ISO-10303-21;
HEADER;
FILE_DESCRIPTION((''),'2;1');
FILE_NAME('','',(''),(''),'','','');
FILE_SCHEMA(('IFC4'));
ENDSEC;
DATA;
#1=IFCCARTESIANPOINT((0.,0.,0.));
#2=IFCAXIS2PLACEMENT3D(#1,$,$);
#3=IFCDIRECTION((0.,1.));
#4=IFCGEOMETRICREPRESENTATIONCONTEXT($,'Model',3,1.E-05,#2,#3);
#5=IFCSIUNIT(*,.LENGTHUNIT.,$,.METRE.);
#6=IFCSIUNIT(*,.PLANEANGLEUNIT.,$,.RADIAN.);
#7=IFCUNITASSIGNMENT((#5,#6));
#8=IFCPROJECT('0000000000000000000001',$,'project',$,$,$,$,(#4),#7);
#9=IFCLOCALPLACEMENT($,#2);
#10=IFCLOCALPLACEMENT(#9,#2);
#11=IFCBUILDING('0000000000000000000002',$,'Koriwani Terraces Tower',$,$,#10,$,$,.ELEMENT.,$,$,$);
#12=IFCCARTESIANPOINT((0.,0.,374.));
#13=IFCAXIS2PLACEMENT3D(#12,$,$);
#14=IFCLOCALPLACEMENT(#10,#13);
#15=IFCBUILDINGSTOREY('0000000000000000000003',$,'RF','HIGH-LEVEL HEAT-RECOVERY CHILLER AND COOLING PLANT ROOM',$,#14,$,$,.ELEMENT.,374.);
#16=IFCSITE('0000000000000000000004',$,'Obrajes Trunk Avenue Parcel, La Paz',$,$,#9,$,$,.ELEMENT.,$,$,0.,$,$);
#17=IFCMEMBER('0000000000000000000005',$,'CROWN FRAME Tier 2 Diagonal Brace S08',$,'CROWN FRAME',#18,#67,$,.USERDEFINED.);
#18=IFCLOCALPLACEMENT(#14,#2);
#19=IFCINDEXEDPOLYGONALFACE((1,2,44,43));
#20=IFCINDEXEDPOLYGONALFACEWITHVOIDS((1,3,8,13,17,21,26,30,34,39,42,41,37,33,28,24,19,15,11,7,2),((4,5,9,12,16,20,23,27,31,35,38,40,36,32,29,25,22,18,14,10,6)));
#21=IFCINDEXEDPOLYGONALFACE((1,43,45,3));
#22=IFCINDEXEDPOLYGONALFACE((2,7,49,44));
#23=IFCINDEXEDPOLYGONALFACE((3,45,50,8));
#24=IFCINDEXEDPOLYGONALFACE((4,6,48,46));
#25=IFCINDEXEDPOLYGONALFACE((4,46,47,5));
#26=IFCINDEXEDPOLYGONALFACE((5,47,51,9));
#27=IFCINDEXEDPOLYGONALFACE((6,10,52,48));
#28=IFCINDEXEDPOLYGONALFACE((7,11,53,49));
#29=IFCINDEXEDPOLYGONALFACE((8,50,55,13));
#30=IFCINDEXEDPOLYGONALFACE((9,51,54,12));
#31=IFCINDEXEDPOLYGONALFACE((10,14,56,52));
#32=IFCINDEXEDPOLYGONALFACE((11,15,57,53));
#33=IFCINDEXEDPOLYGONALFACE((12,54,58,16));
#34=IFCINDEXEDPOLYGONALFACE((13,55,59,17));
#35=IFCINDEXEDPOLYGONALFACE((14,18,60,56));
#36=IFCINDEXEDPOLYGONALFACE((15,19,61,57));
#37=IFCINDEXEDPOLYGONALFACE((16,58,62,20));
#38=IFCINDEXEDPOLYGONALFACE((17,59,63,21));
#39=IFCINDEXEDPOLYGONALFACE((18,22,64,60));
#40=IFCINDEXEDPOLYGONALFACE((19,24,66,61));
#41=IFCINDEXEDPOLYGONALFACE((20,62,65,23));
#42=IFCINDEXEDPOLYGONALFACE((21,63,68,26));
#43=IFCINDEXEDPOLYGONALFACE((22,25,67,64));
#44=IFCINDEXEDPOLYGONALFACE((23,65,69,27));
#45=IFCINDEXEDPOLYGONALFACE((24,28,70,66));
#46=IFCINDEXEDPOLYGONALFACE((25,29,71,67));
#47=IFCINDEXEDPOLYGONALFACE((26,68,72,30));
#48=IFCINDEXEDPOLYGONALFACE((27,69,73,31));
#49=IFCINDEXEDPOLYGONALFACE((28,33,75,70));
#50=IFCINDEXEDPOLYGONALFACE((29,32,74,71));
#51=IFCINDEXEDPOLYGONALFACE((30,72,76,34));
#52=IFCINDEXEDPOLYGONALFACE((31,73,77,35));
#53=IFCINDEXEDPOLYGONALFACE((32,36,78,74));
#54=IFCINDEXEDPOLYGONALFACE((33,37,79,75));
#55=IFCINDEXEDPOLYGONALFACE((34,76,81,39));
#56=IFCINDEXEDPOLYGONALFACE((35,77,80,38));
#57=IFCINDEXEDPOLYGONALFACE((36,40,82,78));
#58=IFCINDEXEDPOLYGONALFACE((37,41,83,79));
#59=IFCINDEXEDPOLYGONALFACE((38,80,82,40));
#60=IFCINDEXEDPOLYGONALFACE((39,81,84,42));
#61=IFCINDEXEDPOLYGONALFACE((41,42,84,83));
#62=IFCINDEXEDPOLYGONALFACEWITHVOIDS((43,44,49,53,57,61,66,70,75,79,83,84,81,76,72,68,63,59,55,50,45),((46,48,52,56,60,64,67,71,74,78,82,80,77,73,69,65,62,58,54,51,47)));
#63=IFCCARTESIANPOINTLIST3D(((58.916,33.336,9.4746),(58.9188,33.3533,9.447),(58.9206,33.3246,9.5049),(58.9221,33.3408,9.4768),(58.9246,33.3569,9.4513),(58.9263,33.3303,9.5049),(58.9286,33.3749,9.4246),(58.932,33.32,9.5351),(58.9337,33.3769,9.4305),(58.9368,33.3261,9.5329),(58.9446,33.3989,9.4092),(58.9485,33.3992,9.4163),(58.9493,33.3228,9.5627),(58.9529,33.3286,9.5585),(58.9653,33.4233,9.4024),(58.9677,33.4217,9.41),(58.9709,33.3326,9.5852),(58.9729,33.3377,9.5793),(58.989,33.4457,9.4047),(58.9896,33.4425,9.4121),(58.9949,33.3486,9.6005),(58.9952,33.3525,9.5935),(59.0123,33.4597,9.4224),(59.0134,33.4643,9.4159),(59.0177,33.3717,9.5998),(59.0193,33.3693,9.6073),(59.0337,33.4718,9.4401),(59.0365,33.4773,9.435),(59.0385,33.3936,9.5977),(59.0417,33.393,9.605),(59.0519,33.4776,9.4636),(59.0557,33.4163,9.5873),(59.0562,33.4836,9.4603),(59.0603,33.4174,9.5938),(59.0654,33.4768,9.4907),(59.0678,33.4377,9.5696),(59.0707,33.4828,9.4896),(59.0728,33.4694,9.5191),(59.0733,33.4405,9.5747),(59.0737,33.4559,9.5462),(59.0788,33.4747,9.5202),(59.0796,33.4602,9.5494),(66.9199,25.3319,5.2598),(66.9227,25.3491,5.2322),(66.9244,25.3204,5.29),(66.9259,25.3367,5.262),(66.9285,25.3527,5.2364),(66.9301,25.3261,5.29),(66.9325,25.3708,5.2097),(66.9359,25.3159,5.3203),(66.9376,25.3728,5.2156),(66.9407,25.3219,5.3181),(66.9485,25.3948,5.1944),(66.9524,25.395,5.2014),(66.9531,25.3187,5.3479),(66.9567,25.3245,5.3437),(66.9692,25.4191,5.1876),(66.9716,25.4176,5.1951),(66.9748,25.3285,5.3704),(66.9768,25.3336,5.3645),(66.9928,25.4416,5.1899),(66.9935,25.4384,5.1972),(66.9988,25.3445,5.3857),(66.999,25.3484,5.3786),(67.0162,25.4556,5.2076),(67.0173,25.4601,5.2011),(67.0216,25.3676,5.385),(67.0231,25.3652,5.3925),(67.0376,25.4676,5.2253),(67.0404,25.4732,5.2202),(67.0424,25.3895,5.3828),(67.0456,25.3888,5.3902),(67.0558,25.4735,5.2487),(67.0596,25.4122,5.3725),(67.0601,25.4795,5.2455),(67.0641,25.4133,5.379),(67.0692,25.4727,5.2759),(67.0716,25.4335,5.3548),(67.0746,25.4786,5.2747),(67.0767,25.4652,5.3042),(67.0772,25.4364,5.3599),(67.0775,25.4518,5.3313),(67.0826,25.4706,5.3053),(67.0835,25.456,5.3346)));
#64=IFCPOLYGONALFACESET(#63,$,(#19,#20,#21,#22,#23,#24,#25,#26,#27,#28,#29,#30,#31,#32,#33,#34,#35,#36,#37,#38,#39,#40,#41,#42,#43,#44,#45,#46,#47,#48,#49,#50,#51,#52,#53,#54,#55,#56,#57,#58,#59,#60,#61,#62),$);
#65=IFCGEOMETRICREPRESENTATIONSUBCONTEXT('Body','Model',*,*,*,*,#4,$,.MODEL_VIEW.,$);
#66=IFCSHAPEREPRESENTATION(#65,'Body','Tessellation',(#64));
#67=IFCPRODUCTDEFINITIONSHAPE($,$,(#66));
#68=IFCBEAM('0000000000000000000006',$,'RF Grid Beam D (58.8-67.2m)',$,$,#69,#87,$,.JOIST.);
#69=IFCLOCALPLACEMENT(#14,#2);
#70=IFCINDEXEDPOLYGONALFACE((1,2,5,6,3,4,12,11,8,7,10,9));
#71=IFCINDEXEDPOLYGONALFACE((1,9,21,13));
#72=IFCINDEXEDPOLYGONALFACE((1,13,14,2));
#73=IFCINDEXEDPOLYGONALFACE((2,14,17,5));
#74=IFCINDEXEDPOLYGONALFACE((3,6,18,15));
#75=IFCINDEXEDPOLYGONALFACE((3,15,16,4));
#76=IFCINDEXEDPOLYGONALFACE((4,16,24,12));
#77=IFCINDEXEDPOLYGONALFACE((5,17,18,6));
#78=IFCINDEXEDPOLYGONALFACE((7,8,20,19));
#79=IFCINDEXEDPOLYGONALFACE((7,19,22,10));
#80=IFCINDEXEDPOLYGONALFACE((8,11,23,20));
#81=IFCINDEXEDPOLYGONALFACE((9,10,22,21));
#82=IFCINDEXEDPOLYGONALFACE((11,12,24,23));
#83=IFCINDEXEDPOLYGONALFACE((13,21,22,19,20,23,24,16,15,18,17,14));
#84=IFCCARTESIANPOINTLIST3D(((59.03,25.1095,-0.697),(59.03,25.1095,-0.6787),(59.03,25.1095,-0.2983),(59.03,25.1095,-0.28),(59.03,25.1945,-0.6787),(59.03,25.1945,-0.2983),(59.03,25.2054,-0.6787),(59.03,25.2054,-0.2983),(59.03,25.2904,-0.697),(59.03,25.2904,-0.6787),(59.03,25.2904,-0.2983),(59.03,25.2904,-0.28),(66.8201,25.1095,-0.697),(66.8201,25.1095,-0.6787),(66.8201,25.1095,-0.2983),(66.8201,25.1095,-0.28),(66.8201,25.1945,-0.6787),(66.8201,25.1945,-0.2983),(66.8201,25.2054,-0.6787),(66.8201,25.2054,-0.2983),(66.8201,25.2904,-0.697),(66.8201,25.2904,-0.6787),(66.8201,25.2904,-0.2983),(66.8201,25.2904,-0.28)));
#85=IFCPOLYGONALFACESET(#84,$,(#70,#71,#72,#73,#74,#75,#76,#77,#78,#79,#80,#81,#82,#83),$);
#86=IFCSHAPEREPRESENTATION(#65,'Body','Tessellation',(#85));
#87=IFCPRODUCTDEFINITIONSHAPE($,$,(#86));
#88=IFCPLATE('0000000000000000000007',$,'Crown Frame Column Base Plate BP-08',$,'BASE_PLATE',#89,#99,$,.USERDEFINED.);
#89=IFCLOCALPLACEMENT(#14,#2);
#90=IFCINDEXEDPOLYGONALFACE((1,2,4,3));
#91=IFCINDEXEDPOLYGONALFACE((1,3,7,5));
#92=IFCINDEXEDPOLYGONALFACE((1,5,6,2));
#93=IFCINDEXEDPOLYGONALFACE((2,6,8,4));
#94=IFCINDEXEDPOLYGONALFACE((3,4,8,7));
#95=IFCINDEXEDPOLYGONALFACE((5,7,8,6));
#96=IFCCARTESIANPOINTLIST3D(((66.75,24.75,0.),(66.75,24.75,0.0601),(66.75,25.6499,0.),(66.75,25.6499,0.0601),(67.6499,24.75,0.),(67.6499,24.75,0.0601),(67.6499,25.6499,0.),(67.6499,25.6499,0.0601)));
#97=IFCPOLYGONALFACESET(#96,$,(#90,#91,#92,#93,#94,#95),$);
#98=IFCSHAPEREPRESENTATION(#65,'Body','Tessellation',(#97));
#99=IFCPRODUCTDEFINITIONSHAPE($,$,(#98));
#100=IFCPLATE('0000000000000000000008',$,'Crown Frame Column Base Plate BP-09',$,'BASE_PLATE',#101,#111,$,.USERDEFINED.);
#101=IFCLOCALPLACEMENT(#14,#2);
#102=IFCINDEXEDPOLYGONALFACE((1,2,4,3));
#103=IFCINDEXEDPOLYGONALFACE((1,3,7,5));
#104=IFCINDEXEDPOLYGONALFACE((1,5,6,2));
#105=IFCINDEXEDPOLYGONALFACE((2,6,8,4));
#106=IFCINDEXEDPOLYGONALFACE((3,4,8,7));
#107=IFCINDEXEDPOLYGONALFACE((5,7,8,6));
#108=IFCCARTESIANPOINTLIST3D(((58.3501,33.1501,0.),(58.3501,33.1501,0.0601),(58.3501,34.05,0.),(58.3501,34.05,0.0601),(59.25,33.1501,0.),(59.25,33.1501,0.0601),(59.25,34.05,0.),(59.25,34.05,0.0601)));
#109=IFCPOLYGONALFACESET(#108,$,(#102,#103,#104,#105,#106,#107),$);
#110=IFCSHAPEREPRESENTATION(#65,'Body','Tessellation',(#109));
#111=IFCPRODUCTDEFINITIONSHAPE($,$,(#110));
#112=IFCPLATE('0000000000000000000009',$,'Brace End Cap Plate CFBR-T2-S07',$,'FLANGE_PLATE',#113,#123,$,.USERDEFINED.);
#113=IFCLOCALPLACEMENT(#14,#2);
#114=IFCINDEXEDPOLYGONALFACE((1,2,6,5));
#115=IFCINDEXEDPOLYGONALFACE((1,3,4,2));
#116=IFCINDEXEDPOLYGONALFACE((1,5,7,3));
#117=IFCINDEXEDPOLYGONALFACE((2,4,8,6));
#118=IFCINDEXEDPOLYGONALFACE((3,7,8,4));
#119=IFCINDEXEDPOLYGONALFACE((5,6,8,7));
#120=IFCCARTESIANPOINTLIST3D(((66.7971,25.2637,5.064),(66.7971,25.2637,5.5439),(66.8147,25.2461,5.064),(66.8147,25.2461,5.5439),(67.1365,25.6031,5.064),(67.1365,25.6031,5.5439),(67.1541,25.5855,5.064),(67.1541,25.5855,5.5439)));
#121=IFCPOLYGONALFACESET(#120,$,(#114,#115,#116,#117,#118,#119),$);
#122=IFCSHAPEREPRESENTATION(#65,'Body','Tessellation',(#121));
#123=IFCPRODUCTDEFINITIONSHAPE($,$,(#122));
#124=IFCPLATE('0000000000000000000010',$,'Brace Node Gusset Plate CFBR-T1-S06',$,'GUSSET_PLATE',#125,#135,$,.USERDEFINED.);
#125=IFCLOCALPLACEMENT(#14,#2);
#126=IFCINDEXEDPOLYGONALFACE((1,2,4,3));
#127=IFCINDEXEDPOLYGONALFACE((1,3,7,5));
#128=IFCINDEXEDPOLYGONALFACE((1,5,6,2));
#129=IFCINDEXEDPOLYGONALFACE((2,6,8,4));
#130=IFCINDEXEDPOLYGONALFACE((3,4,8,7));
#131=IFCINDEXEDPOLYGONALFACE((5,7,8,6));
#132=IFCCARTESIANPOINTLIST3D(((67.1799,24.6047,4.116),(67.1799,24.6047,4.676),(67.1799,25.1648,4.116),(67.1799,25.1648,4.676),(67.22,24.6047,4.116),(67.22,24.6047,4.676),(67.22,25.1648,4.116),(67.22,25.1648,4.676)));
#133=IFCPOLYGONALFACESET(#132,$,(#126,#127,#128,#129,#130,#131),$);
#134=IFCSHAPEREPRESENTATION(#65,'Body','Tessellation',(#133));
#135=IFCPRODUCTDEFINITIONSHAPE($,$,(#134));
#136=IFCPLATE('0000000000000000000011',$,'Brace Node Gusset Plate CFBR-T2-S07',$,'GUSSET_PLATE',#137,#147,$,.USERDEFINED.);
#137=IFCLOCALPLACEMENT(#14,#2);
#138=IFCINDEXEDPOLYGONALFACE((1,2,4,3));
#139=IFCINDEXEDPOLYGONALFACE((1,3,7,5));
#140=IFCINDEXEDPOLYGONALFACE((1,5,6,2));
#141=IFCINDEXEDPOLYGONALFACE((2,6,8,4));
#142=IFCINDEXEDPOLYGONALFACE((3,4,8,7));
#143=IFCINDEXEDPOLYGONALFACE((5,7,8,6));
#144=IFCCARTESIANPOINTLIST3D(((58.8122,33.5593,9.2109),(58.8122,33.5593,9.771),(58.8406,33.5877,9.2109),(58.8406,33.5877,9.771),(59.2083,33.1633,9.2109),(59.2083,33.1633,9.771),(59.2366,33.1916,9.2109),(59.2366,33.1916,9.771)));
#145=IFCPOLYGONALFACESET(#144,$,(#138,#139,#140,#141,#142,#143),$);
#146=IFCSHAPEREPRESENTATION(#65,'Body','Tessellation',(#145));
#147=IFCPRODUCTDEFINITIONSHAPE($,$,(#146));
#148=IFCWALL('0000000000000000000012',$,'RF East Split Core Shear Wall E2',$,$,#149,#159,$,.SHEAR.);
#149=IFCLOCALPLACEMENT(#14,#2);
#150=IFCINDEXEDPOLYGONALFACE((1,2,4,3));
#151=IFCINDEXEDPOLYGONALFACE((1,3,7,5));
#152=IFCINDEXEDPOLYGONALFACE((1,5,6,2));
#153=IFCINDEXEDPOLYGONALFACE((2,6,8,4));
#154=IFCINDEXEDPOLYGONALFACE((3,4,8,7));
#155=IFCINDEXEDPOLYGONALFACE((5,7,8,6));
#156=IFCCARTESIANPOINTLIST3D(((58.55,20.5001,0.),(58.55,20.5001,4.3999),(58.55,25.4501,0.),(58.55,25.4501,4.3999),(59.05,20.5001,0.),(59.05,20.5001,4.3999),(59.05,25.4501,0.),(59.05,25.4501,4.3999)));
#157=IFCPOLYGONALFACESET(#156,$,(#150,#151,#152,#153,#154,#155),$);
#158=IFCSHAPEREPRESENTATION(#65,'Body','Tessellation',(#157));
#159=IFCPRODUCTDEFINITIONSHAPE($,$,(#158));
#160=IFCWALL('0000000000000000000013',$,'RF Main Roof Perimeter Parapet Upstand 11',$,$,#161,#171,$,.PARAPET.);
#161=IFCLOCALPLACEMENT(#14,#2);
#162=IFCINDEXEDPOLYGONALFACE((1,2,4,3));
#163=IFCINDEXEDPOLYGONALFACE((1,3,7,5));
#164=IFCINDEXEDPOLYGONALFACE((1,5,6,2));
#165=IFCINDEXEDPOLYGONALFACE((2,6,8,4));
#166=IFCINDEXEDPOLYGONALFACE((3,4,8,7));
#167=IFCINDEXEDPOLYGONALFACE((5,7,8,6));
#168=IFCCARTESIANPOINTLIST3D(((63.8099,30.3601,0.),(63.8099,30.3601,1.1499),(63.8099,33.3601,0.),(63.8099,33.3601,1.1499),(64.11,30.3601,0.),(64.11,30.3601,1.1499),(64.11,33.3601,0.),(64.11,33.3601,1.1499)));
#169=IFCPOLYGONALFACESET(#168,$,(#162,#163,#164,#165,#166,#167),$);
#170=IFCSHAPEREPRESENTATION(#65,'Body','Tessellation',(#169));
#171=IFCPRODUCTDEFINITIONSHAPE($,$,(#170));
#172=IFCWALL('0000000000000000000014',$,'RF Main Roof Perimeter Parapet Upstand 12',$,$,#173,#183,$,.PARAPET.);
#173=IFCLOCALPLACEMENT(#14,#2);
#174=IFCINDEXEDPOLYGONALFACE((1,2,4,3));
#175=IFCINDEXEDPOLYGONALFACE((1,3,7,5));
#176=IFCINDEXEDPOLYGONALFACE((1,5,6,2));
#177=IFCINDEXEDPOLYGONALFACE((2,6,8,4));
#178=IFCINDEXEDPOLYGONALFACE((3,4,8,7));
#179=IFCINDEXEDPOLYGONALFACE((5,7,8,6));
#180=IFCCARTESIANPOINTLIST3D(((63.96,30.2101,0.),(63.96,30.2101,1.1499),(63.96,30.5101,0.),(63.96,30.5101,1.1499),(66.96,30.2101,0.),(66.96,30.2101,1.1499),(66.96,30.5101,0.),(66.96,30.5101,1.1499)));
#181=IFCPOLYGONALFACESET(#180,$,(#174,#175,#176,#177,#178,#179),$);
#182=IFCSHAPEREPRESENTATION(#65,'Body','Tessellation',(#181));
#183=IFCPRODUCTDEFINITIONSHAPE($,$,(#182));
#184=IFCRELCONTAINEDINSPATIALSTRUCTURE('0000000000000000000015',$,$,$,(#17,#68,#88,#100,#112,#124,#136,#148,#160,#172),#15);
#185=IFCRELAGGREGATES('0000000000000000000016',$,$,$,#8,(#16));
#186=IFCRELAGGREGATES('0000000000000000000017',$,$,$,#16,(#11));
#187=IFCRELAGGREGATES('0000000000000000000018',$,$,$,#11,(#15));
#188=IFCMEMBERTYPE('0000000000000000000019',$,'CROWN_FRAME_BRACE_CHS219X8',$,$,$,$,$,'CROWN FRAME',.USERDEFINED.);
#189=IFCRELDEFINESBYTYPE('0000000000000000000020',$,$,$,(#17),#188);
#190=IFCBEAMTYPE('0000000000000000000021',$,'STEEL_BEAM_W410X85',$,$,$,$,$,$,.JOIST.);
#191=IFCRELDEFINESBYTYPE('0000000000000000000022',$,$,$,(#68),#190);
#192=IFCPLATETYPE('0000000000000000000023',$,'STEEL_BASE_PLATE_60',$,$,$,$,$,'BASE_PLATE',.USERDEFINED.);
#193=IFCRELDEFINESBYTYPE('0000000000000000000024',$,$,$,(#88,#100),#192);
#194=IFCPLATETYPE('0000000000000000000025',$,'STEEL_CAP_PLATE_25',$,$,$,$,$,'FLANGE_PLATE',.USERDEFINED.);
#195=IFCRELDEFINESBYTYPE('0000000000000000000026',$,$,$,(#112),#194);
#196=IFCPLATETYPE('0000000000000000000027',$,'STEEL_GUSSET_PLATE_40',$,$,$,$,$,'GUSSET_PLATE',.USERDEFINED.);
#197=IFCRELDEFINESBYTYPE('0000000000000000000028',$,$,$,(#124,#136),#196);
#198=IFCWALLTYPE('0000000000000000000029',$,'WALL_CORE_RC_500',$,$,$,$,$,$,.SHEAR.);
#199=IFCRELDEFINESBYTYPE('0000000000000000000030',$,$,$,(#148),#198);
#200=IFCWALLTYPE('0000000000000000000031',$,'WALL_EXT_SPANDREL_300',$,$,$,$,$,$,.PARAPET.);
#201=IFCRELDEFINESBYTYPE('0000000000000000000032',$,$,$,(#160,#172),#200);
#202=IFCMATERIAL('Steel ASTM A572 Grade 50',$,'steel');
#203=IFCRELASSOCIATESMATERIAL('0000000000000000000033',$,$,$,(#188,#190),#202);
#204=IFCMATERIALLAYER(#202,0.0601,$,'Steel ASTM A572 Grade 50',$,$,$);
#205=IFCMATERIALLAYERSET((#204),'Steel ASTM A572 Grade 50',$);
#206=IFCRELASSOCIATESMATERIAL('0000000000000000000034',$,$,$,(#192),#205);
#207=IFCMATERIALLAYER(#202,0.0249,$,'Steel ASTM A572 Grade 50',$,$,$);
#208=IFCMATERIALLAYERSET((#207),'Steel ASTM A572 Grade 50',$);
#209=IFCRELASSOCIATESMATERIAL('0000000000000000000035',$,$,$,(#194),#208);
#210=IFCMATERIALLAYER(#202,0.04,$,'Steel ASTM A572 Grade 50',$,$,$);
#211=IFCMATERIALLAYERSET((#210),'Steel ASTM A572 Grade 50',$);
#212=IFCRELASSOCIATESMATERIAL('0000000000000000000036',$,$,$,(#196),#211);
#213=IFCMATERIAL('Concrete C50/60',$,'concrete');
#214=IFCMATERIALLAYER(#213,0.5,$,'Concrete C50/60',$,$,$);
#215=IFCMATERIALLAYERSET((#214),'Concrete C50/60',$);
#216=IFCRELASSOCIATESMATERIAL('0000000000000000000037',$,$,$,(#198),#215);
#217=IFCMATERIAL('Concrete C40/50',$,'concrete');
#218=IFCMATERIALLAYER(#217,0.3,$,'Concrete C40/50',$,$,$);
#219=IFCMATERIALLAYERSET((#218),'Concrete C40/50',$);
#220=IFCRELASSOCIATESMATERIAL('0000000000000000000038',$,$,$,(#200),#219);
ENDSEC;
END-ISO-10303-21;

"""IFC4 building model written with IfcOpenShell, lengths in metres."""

from ifc_helpers import new_model, si_unit, direction, frame, frame_2d, origin, origin_2d, place, context, subcontext, project, spatial, rectangle, hollow_circle, i_section, extrude, material, layer, layer_set, material_profile, profile_set, type_object, element, save


model = new_model("IFC4")

# Units and contexts
model_context = context("Model", 3, precision=1e-05, world=origin(), true_north=direction((0.0, 1.0)))
body_context = subcontext(model_context, "Body", "Model", "MODEL_VIEW")
ifc_project = project(units=[si_unit("LENGTHUNIT", "METRE"), si_unit("PLANEANGLEUNIT", "RADIAN")], contexts=[model_context])

# Site, building, storey
site_placement = place(None, origin())
site = spatial("IfcSite", under=ifc_project, at=site_placement, Name="Obrajes Trunk Avenue Parcel, La Paz", CompositionType="ELEMENT", RefElevation=0.0)
building_placement = place(site_placement, origin())
building = spatial("IfcBuilding", under=site, at=building_placement, Name="Koriwani Terraces Tower", CompositionType="ELEMENT")
storey_placement = place(building_placement, frame((0.0, 0.0, 374.0)))
storey = spatial("IfcBuildingStorey", under=building, at=storey_placement, Name="RF", Description="HIGH-LEVEL HEAT-RECOVERY CHILLER AND COOLING PLANT ROOM", CompositionType="ELEMENT", Elevation=374.0)

# Shared definitions
ifc_material_1 = material(Name="Steel ASTM A572 Grade 50", Category="steel")

# Shared definitions
ifc_material_2 = material(Name="Concrete C40/50", Category="concrete")

# Member
ifc_material_profile_1 = material_profile(ifc_material_1, hollow_circle(Radius=0.1096, WallThickness=0.0081, at=origin_2d()), Name="Steel ASTM A572 Grade 50", Category="LoadBearing")
ifc_profile_set_1 = profile_set([ifc_material_profile_1], Name="Steel ASTM A572 Grade 50")
member_type = type_object("IfcMemberType", Name="CROWN_FRAME_BRACE_CHS219X8", ElementType="CROWN FRAME", PredefinedType="USERDEFINED", material=ifc_profile_set_1)
member_placement = place(storey_placement, frame((67.002, 25.3979, 5.29), z_axis=(-0.662649, 0.662669, 0.34895), x_axis=(-0.707118, -0.707096, 0.0)))
element("IfcMember", 1, at=member_placement, inside=storey, type_object=member_type, Name="CROWN FRAME Tier 2 Diagonal Brace S08", ObjectType="CROWN FRAME", PredefinedType="USERDEFINED", context=body_context, shape_type="SweptSolid", body=[
    extrude(hollow_circle(Radius=0.1096, WallThickness=0.0081, at=origin_2d()), origin(), (0.0, 0.0, 1.0), 12.0786),
])

# Beam
ifc_material_profile_2 = material_profile(ifc_material_1, i_section(OverallWidth=0.1809, OverallDepth=0.417, WebThickness=0.011, FlangeThickness=0.0183, at=origin_2d()), Name="Steel ASTM A572 Grade 50", Category="LoadBearing")
ifc_profile_set_2 = profile_set([ifc_material_profile_2], Name="Steel ASTM A572 Grade 50")
beam_type_1 = type_object("IfcBeamType", Name="STEEL_BEAM_W410X85", PredefinedType="JOIST", material=ifc_profile_set_2)
beam_1_placement = place(storey_placement, frame((59.03, 25.2, -0.4885), z_axis=(1.0, 0.0, 0.0), x_axis=(0.0, 1.0, 0.0)))
element("IfcBeam", 2, at=beam_1_placement, inside=storey, type_object=beam_type_1, Name="RF Grid Beam D (58.8-67.2m)", PredefinedType="JOIST", context=body_context, shape_type="SweptSolid", body=[
    extrude(i_section(OverallWidth=0.1809, OverallDepth=0.417, WebThickness=0.011, FlangeThickness=0.0183, at=origin_2d()), origin(), (0.0, 0.0, 1.0), 7.79),
])

# Plates
ifc_layer_1 = layer(ifc_material_1, 0.0601, Name="Steel ASTM A572 Grade 50")
ifc_layer_set_1 = layer_set([ifc_layer_1], Name="Steel ASTM A572 Grade 50")
plate_type_1 = type_object("IfcPlateType", Name="STEEL_BASE_PLATE_60", ElementType="BASE_PLATE", PredefinedType="USERDEFINED", material=ifc_layer_set_1)
for number, where, z_axis, x_axis, name in (
    (3, (67.2, 25.2, 0.0), (0.0, 0.0, 1.0), (1.0, 0.0, 0.0), "Crown Frame Column Base Plate BP-08"),
    (4, (58.8, 33.6001, 0.0), (0.0, 0.0, 1.0), (1.0, 0.0, 0.0), "Crown Frame Column Base Plate BP-09"),
):
    element("IfcPlate", number, at=place(storey_placement, frame(where, z_axis=z_axis, x_axis=x_axis)), inside=storey, type_object=plate_type_1, Name=name, ObjectType="BASE_PLATE", PredefinedType="USERDEFINED", context=body_context, shape_type="SweptSolid", body=[
        extrude(rectangle(XDim=0.8999, YDim=0.8999, at=origin_2d()), origin(), (0.0, 0.0, 1.0), 0.0601),
    ])
ifc_layer_2 = layer(ifc_material_1, 0.0249, Name="Steel ASTM A572 Grade 50")
ifc_layer_set_2 = layer_set([ifc_layer_2], Name="Steel ASTM A572 Grade 50")
plate_type_2 = type_object("IfcPlateType", Name="STEEL_CAP_PLATE_25", ElementType="FLANGE_PLATE", PredefinedType="USERDEFINED", material=ifc_layer_set_2)
plate_placement = place(storey_placement, frame((66.9756, 25.4246, 5.064), z_axis=(0.0, 0.0, 1.0), x_axis=(-0.707107, 0.707107, 0.0)))
element("IfcPlate", 5, at=plate_placement, inside=storey, type_object=plate_type_2, Name="Brace End Cap Plate CFBR-T2-S07", ObjectType="FLANGE_PLATE", PredefinedType="USERDEFINED", context=body_context, shape_type="SweptSolid", body=[
    extrude(rectangle(XDim=0.0249, YDim=0.48, at=origin_2d()), origin(), (0.0, 0.0, 1.0), 0.48),
])
ifc_layer_3 = layer(ifc_material_1, 0.04, Name="Steel ASTM A572 Grade 50")
ifc_layer_set_3 = layer_set([ifc_layer_3], Name="Steel ASTM A572 Grade 50")
plate_type_3 = type_object("IfcPlateType", Name="STEEL_GUSSET_PLATE_40", ElementType="GUSSET_PLATE", PredefinedType="USERDEFINED", material=ifc_layer_set_3)
for number, where, z_axis, x_axis, name in (
    (6, (67.2, 24.8848, 4.116), (0.0, 0.0, 1.0), (0.0, 1.0, 0.0), "Brace Node Gusset Plate CFBR-T1-S06"),
    (7, (59.0244, 33.3755, 9.2109), (0.0, 0.0, 1.0), (-0.707107, 0.707107, 0.0), "Brace Node Gusset Plate CFBR-T2-S07"),
):
    element("IfcPlate", number, at=place(storey_placement, frame(where, z_axis=z_axis, x_axis=x_axis)), inside=storey, type_object=plate_type_3, Name=name, ObjectType="GUSSET_PLATE", PredefinedType="USERDEFINED", context=body_context, shape_type="SweptSolid", body=[
        extrude(rectangle(XDim=0.5601, YDim=0.04, at=origin_2d()), origin(), (0.0, 0.0, 1.0), 0.5601),
    ])

# Walls
ifc_material_3 = material(Name="Concrete C50/60", Category="concrete")
ifc_layer_4 = layer(ifc_material_3, 0.5, Name="Concrete C50/60")
ifc_layer_set_4 = layer_set([ifc_layer_4], Name="Concrete C50/60")
wall_type_1 = type_object("IfcWallType", Name="WALL_CORE_RC_500", PredefinedType="SHEAR", material=ifc_layer_set_4)
wall_1_placement = place(storey_placement, frame((58.8, 20.5, 0.0), z_axis=(0.0, 0.0, 1.0), x_axis=(0.0, 1.0, 0.0)))
element("IfcWall", 8, at=wall_1_placement, inside=storey, type_object=wall_type_1, Name="RF East Split Core Shear Wall E2", PredefinedType="SHEAR", context=body_context, shape_type="SweptSolid", body=[
    extrude(rectangle(XDim=4.95, YDim=0.5, at=frame_2d((2.4751, 0.0))), origin(), (0.0, 0.0, 1.0), 4.3999),
])
ifc_layer_5 = layer(ifc_material_2, 0.3, Name="Concrete C40/50")
ifc_layer_set_5 = layer_set([ifc_layer_5], Name="Concrete C40/50")
wall_type_2 = type_object("IfcWallType", Name="WALL_EXT_SPANDREL_300", PredefinedType="PARAPET", material=ifc_layer_set_5)
for number, where, z_axis, x_axis, name in (
    (9, (63.96, 33.3601, 0.0), (0.0, 0.0, 1.0), (0.0, -1.0, 0.0), "RF Main Roof Perimeter Parapet Upstand 11"),
    (10, (63.96, 30.3601, 0.0), (0.0, 0.0, 1.0), (1.0, 0.0, 0.0), "RF Main Roof Perimeter Parapet Upstand 12"),
):
    element("IfcWall", number, at=place(storey_placement, frame(where, z_axis=z_axis, x_axis=x_axis)), inside=storey, type_object=wall_type_2, Name=name, PredefinedType="PARAPET", context=body_context, shape_type="SweptSolid", body=[
        extrude(rectangle(XDim=3.0, YDim=0.3, at=frame_2d((1.5, 0.0))), origin(), (0.0, 0.0, 1.0), 1.1499),
    ])

save(model, "model.ifc")
